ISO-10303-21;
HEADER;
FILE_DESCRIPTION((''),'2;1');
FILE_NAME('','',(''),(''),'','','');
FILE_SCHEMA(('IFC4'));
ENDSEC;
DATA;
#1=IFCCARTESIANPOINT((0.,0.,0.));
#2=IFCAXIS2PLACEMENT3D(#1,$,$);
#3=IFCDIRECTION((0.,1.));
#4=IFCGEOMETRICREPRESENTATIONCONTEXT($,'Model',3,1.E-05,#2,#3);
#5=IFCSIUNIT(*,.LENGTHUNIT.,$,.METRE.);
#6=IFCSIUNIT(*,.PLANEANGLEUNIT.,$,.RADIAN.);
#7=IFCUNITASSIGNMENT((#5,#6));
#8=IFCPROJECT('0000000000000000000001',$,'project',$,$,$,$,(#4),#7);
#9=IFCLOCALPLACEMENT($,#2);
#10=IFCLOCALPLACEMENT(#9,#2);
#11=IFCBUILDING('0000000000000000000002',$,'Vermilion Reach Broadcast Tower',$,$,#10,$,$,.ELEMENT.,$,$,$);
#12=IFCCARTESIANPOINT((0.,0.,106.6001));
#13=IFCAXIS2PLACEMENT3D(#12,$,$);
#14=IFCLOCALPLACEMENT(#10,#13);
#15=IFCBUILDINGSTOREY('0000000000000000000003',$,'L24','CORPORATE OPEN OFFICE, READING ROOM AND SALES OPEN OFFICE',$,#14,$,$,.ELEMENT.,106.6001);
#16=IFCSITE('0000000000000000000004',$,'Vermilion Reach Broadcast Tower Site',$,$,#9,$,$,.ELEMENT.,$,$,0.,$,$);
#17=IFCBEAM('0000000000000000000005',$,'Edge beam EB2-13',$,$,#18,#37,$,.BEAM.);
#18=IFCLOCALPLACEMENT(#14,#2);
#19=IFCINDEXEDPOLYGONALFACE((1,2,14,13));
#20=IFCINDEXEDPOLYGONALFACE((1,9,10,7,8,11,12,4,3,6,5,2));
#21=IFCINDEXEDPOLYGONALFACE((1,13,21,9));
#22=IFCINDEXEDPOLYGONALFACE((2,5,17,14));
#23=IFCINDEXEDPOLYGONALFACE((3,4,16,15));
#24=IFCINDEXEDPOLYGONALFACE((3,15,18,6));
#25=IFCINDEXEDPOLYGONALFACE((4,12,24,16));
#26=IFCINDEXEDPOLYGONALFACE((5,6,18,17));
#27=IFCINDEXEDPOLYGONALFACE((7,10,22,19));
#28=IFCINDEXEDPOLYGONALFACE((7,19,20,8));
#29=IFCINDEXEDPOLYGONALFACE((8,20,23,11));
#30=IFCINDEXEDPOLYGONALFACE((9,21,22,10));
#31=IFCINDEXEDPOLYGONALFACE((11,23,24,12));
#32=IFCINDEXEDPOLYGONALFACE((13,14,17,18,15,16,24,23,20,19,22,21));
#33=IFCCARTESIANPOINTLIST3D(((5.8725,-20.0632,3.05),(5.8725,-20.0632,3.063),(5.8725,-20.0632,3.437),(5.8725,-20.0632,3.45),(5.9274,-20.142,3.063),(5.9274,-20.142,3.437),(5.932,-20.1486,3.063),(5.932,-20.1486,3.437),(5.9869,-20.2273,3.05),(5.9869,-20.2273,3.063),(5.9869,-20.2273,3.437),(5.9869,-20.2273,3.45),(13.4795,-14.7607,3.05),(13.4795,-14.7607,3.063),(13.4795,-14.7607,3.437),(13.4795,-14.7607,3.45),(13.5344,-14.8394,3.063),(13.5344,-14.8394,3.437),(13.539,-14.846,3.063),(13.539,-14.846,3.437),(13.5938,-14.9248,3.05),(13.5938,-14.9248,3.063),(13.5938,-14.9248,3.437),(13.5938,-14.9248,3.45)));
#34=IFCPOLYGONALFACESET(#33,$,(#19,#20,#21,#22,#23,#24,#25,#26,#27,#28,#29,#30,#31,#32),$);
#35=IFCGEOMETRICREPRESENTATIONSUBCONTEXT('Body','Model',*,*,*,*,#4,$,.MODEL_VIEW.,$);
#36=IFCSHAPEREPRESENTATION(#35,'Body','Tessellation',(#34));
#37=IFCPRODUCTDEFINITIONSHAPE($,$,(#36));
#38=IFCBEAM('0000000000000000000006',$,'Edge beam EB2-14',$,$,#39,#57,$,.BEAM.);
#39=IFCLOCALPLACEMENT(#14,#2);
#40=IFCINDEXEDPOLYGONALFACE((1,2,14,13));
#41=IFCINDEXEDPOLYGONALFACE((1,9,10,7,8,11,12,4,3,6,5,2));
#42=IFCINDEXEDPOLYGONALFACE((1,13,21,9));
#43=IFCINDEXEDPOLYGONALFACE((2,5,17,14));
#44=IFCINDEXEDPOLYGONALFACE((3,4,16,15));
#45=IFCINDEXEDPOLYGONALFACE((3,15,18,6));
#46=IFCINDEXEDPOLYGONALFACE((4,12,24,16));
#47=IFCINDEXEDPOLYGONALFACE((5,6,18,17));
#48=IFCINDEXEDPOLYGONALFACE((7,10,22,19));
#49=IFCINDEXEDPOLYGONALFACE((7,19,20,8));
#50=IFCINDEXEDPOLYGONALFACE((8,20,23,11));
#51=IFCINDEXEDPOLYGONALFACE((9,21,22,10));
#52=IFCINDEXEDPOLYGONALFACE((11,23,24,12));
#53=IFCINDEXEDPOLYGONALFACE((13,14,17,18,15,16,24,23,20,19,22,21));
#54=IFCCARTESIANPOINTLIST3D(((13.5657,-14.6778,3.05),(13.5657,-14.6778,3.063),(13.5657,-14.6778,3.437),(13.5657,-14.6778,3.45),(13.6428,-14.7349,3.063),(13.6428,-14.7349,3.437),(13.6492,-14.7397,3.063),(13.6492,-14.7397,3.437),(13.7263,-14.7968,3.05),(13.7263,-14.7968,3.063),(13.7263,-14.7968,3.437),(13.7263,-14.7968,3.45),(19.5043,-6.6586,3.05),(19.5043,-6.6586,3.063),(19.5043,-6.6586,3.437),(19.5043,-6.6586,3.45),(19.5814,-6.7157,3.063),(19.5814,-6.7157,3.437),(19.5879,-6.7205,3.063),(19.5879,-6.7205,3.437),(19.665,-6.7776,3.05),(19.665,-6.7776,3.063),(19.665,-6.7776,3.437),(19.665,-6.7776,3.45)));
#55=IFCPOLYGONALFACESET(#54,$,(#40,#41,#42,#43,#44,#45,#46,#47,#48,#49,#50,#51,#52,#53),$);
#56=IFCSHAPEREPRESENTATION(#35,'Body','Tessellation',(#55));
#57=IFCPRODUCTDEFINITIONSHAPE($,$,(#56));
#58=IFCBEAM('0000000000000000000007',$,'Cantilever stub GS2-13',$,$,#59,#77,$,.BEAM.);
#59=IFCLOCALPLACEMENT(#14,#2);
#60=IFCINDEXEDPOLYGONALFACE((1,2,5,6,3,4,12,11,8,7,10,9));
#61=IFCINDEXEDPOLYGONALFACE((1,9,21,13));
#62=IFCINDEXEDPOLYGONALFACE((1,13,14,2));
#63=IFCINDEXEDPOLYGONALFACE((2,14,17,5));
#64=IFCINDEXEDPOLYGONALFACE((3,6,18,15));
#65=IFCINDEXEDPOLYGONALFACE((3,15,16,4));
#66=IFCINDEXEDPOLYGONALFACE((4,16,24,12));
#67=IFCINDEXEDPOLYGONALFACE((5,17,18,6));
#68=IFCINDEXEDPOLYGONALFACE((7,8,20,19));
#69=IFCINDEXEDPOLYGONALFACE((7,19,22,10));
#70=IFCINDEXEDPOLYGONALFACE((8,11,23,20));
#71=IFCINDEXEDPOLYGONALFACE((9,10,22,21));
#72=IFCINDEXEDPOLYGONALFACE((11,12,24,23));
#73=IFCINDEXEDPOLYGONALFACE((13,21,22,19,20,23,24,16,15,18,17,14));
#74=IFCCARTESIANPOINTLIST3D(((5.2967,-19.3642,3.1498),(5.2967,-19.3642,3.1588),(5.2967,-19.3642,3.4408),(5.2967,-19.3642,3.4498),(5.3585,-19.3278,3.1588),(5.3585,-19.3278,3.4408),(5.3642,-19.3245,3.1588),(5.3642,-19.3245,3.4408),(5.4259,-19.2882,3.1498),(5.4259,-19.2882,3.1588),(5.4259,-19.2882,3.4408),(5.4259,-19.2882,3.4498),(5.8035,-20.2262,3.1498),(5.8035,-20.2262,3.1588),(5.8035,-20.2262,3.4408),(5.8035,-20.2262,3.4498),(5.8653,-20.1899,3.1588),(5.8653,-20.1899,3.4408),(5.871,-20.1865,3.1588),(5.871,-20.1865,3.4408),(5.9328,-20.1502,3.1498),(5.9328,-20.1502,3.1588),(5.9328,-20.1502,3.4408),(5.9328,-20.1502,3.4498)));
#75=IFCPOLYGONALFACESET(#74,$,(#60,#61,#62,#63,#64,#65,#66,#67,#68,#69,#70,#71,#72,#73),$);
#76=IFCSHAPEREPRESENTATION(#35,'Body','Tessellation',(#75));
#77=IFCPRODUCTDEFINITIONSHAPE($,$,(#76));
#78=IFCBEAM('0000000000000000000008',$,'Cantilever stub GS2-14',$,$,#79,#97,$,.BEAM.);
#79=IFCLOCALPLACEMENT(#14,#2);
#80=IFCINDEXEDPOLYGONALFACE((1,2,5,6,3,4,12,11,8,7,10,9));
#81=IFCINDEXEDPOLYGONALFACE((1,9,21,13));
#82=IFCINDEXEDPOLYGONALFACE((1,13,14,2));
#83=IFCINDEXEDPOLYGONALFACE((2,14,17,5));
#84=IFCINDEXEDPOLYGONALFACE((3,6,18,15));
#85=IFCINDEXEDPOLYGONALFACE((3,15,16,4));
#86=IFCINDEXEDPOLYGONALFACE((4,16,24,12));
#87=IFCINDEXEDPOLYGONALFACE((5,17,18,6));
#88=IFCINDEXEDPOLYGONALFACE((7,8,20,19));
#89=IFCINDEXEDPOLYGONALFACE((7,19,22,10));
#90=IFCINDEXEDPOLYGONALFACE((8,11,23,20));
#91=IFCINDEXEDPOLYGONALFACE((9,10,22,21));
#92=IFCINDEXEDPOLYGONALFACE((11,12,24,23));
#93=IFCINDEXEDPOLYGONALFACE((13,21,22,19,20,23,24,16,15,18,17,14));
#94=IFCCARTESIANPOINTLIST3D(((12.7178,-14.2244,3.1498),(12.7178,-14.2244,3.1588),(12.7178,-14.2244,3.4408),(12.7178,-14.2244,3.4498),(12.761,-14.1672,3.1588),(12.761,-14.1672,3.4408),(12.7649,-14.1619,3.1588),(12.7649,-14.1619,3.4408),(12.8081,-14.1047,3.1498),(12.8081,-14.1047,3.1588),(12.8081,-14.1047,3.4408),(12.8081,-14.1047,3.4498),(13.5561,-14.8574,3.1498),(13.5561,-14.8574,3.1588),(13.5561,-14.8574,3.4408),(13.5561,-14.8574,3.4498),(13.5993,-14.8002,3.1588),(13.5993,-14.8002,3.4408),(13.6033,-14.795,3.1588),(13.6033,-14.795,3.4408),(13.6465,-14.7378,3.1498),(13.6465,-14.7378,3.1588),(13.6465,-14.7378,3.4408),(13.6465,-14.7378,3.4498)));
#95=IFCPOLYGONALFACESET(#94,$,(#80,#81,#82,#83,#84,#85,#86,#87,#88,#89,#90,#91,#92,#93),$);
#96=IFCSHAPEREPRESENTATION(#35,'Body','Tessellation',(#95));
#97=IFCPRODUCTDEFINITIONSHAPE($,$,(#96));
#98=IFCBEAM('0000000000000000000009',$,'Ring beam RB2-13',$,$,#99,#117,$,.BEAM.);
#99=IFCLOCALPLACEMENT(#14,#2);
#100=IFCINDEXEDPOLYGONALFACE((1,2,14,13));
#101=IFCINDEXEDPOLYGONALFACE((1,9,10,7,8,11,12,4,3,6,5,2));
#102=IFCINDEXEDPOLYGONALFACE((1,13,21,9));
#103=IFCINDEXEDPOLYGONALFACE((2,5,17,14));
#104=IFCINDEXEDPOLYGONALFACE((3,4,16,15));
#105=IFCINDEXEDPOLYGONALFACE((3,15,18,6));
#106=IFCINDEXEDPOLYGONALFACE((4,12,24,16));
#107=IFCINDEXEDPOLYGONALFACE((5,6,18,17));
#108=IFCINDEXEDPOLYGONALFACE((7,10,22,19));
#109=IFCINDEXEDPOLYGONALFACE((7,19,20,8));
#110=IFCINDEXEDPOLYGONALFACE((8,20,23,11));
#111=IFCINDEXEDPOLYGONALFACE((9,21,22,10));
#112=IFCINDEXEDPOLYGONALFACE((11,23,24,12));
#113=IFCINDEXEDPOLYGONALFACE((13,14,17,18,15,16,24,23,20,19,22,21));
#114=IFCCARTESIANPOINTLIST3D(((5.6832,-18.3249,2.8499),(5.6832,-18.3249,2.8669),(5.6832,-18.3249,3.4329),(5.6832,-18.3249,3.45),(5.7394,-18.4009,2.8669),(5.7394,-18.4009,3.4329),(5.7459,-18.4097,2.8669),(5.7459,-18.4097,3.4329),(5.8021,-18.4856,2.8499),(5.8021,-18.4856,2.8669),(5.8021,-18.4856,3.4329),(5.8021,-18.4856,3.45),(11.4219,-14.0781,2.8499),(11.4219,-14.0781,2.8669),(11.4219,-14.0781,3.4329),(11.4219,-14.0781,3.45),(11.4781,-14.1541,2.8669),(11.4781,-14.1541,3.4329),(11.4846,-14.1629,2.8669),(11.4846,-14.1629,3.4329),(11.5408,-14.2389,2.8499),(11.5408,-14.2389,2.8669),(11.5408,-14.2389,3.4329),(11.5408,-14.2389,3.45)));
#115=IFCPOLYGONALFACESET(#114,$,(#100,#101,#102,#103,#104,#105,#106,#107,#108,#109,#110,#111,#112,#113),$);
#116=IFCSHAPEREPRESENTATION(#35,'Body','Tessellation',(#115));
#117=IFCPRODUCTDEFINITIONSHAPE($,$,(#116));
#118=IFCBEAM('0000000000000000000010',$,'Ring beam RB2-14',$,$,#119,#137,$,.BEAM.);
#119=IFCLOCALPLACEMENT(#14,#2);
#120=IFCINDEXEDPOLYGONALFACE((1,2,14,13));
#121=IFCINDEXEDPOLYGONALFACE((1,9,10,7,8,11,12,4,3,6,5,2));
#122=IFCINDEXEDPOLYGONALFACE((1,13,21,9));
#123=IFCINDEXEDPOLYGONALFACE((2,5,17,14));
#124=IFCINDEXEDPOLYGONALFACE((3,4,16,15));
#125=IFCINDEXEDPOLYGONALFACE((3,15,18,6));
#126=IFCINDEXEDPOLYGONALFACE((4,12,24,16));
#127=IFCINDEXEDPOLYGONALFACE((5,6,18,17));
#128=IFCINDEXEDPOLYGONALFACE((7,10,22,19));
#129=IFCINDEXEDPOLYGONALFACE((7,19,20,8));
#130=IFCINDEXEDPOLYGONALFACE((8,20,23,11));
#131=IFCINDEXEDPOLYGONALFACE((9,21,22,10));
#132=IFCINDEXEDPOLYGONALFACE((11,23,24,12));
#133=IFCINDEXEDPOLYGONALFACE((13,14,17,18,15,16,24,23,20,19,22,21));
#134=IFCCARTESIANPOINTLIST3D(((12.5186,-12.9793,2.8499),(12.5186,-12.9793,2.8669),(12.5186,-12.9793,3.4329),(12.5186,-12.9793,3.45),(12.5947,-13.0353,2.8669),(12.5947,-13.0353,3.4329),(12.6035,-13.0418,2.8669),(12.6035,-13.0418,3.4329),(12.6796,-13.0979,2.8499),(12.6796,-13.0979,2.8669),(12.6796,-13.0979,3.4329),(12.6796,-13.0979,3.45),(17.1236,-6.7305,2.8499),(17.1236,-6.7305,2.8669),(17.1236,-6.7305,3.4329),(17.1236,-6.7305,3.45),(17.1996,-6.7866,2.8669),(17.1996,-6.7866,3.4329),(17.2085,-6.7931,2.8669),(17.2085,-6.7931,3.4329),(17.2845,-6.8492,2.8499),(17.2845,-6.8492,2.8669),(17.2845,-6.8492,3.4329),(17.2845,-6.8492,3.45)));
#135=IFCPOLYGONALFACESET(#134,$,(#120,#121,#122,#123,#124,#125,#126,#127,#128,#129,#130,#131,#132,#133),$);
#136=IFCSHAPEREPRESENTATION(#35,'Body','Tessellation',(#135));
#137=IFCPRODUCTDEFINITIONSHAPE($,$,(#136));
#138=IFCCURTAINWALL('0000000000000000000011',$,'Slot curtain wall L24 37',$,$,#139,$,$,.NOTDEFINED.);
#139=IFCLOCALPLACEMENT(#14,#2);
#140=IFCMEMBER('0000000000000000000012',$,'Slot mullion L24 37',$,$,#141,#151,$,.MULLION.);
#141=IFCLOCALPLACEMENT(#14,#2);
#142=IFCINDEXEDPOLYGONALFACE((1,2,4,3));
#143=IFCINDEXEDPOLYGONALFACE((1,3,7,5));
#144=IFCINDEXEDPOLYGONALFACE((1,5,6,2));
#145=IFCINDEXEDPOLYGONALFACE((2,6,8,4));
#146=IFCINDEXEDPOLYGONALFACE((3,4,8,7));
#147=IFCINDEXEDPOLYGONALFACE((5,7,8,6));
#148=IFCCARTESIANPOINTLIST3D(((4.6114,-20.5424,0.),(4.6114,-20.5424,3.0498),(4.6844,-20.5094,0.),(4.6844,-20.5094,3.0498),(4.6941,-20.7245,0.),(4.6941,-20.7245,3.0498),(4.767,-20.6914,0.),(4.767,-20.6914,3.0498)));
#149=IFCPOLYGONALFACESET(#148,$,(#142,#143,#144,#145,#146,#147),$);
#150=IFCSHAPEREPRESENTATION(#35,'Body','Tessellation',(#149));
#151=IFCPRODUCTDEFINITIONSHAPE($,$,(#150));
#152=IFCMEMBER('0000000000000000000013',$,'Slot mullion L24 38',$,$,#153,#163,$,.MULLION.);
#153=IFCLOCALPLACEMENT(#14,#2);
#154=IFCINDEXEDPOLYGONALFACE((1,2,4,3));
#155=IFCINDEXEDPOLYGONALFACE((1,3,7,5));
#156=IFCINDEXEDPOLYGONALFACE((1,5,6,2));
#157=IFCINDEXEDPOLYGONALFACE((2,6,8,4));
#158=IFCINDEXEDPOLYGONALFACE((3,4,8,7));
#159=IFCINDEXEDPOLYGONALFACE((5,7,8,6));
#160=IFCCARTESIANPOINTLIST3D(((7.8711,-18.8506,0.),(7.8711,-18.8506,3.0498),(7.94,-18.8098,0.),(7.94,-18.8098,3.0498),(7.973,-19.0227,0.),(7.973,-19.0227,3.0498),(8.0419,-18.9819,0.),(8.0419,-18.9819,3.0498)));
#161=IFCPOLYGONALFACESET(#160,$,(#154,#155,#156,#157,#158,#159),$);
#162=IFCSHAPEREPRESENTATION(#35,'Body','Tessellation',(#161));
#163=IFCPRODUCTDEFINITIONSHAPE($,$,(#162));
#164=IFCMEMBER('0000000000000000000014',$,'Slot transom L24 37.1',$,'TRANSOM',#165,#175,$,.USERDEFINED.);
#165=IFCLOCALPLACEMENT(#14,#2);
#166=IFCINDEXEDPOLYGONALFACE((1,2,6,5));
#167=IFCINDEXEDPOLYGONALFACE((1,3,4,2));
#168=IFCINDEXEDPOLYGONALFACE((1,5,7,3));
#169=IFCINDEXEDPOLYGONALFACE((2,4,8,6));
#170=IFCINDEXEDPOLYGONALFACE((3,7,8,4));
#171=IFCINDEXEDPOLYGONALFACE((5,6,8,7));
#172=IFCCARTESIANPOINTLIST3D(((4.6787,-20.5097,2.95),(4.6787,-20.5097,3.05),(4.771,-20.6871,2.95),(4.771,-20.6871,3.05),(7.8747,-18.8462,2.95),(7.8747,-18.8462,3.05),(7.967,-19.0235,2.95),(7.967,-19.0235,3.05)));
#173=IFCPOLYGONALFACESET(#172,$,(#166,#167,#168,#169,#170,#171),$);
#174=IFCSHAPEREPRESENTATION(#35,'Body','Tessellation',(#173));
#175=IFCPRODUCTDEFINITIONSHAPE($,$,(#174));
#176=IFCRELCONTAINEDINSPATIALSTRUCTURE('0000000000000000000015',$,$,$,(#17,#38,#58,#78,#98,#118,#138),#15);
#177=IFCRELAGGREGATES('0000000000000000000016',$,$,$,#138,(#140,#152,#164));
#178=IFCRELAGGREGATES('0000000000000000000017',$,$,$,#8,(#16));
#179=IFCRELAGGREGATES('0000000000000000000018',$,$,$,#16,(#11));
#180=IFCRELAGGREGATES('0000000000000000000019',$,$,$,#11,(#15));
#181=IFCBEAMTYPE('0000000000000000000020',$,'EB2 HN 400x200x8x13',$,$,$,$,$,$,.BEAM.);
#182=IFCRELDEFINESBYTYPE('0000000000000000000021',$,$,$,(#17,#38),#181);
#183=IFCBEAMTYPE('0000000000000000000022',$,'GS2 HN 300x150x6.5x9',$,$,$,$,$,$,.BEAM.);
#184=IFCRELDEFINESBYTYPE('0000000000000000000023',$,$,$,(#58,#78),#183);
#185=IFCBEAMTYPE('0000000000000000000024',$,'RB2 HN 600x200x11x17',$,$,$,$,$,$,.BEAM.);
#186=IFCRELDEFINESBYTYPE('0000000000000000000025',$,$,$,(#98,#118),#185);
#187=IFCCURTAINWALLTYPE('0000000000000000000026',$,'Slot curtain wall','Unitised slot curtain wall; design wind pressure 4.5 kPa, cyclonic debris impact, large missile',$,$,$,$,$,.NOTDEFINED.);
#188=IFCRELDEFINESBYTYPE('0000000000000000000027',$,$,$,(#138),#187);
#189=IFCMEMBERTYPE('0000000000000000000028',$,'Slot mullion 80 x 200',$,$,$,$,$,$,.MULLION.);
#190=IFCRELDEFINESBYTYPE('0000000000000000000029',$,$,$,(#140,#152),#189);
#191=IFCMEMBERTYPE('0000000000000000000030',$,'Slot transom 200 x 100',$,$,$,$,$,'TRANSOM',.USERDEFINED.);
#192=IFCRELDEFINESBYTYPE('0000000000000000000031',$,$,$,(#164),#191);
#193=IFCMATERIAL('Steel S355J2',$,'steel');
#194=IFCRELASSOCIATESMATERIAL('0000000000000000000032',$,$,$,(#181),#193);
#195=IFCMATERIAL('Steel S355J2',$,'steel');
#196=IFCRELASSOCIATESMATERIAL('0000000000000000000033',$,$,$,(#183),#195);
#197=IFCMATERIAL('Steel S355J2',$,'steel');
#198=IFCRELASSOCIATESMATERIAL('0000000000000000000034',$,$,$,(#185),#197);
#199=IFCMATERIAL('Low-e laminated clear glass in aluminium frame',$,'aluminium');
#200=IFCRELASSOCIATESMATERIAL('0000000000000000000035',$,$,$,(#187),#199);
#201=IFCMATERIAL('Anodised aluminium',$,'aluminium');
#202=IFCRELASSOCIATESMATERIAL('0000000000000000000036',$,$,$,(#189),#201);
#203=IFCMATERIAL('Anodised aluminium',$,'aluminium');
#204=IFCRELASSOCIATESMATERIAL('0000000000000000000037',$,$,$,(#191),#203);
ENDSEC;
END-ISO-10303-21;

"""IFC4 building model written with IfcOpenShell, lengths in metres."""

from ifc_helpers import new_model, si_unit, direction, frame, origin, origin_2d, place, context, subcontext, project, spatial, rectangle, i_section, extrude, material, material_profile, profile_set, type_object, element, aggregate, save


model = new_model("IFC4")

# Units and contexts
model_context = context("Model", 3, precision=1e-05, world=origin(), true_north=direction((0.0, 1.0)))
body_context = subcontext(model_context, "Body", "Model", "MODEL_VIEW")
ifc_project = project(units=[si_unit("LENGTHUNIT", "METRE"), si_unit("PLANEANGLEUNIT", "RADIAN")], contexts=[model_context])

# Site, building, storey
site_placement = place(None, origin())
site = spatial("IfcSite", under=ifc_project, at=site_placement, Name="Vermilion Reach Broadcast Tower Site", CompositionType="ELEMENT", RefElevation=0.0)
building_placement = place(site_placement, origin())
building = spatial("IfcBuilding", under=site, at=building_placement, Name="Vermilion Reach Broadcast Tower", CompositionType="ELEMENT")
storey_placement = place(building_placement, frame((0.0, 0.0, 106.6001)))
storey = spatial("IfcBuildingStorey", under=building, at=storey_placement, Name="L24", Description="CORPORATE OPEN OFFICE, READING ROOM AND SALES OPEN OFFICE", CompositionType="ELEMENT", Elevation=106.6001)

# Beams
ifc_material_1 = material(Name="Steel S355J2", Category="steel")
ifc_material_profile_1 = material_profile(ifc_material_1, i_section(OverallWidth=0.2, OverallDepth=0.3999, WebThickness=0.0081, FlangeThickness=0.0129, at=origin_2d()), Name="S355J2 HN 400x200x8x13")
ifc_profile_set_1 = profile_set([ifc_material_profile_1], Name="Steel S355J2")
beam_type_1 = type_object("IfcBeamType", Name="EB2 HN 400x200x8x13", PredefinedType="BEAM", material=ifc_profile_set_1)
beam_1_placement = place(storey_placement, frame((5.9297, -20.1453, 3.25), z_axis=(0.820363, 0.571843, 0.0), x_axis=(-0.571843, 0.820363, 0.0)))
element("IfcBeam", 1, at=beam_1_placement, inside=storey, type_object=beam_type_1, Name="Edge beam EB2-13", PredefinedType="BEAM", context=body_context, shape_type="SweptSolid", body=[
    extrude(i_section(OverallWidth=0.2, OverallDepth=0.3999, WebThickness=0.0081, FlangeThickness=0.0129, at=origin_2d()), origin(), (0.0, 0.0, 1.0), 9.2727),
])
beam_2_placement = place(storey_placement, frame((13.646, -14.7373, 3.25), z_axis=(0.595131, 0.803629, 0.0), x_axis=(-0.803629, 0.595131, 0.0)))
element("IfcBeam", 2, at=beam_2_placement, inside=storey, type_object=beam_type_1, Name="Edge beam EB2-14", PredefinedType="BEAM", context=body_context, shape_type="SweptSolid", body=[
    extrude(i_section(OverallWidth=0.2, OverallDepth=0.3999, WebThickness=0.0081, FlangeThickness=0.0129, at=origin_2d()), origin(), (0.0, 0.0, 1.0), 9.9788),
])
ifc_material_2 = material(Name="Steel S355J2", Category="steel")
ifc_material_profile_2 = material_profile(ifc_material_2, i_section(OverallWidth=0.1499, OverallDepth=0.3, WebThickness=0.0066, FlangeThickness=0.009, at=origin_2d()), Name="S355J2 HN 300x150x6.5x9")
ifc_profile_set_2 = profile_set([ifc_material_profile_2], Name="Steel S355J2")
beam_type_2 = type_object("IfcBeamType", Name="GS2 HN 300x150x6.5x9", PredefinedType="BEAM", material=ifc_profile_set_2)
beam_3_placement = place(storey_placement, frame((5.3613, -19.3262, 3.2998), z_axis=(0.506828, -0.862047, 0.0), x_axis=(0.862047, 0.506828, 0.0)))
element("IfcBeam", 3, at=beam_3_placement, inside=storey, type_object=beam_type_2, Name="Cantilever stub GS2-13", PredefinedType="BEAM", context=body_context, shape_type="SweptSolid", body=[
    extrude(i_section(OverallWidth=0.1499, OverallDepth=0.3, WebThickness=0.0066, FlangeThickness=0.009, at=origin_2d()), origin(), (0.0, 0.0, 1.0), 1.0),
])
beam_4_placement = place(storey_placement, frame((12.7629, -14.1646, 3.2998), z_axis=(0.798044, -0.6026, 0.0), x_axis=(0.6026, 0.798044, 0.0)))
element("IfcBeam", 4, at=beam_4_placement, inside=storey, type_object=beam_type_2, Name="Cantilever stub GS2-14", PredefinedType="BEAM", context=body_context, shape_type="SweptSolid", body=[
    extrude(i_section(OverallWidth=0.1499, OverallDepth=0.3, WebThickness=0.0066, FlangeThickness=0.009, at=origin_2d()), origin(), (0.0, 0.0, 1.0), 1.0505),
])
ifc_material_3 = material(Name="Steel S355J2", Category="steel")
ifc_material_profile_3 = material_profile(ifc_material_3, i_section(OverallWidth=0.2, OverallDepth=0.6001, WebThickness=0.011, FlangeThickness=0.0171, at=origin_2d()), Name="S355J2 HN 600x200x11x17")
ifc_profile_set_3 = profile_set([ifc_material_profile_3], Name="Steel S355J2")
beam_type_3 = type_object("IfcBeamType", Name="RB2 HN 600x200x11x17", PredefinedType="BEAM", material=ifc_profile_set_3)
beam_5_placement = place(storey_placement, frame((5.7427, -18.4053, 3.1499), z_axis=(0.803833, 0.594855, 0.0), x_axis=(-0.594855, 0.803833, 0.0)))
element("IfcBeam", 5, at=beam_5_placement, inside=storey, type_object=beam_type_3, Name="Ring beam RB2-13", PredefinedType="BEAM", context=body_context, shape_type="SweptSolid", body=[
    extrude(i_section(OverallWidth=0.2, OverallDepth=0.6001, WebThickness=0.011, FlangeThickness=0.0171, at=origin_2d()), origin(), (0.0, 0.0, 1.0), 7.1392),
])
beam_6_placement = place(storey_placement, frame((12.5991, -13.0386, 3.1499), z_axis=(0.593251, 0.805018, 0.0), x_axis=(-0.805018, 0.593251, 0.0)))
element("IfcBeam", 6, at=beam_6_placement, inside=storey, type_object=beam_type_3, Name="Ring beam RB2-14", PredefinedType="BEAM", context=body_context, shape_type="SweptSolid", body=[
    extrude(i_section(OverallWidth=0.2, OverallDepth=0.6001, WebThickness=0.011, FlangeThickness=0.0171, at=origin_2d()), origin(), (0.0, 0.0, 1.0), 7.7622),
])

# Curtain wall, members
ifc_material_4 = material(Name="Low-e laminated clear glass in aluminium frame", Category="aluminium")
curtain_wall_type = type_object("IfcCurtainWallType", Name="Slot curtain wall", Description="Unitised slot curtain wall; design wind pressure 4.5 kPa, cyclonic debris impact, large missile", PredefinedType="NOTDEFINED", material=ifc_material_4)
curtain_wall_placement = place(storey_placement, origin())
curtain_wall = element("IfcCurtainWall", 7, at=curtain_wall_placement, inside=storey, type_object=curtain_wall_type, Name="Slot curtain wall L24 37", PredefinedType="NOTDEFINED")
ifc_material_5 = material(Name="Anodised aluminium", Category="aluminium")
ifc_material_profile_4 = material_profile(ifc_material_5, rectangle(XDim=0.2, YDim=0.0801, at=origin_2d()), Name="Slot mullion 80 x 200")
ifc_profile_set_4 = profile_set([ifc_material_profile_4], Name="Anodised aluminium")
member_type_1 = type_object("IfcMemberType", Name="Slot mullion 80 x 200", PredefinedType="MULLION", material=ifc_profile_set_4)
member_1_placement = place(storey_placement, frame((4.6892, -20.6169, 0.0), z_axis=(0.0, 0.0, 1.0), x_axis=(-0.413199, 0.910641, 0.0)))
member_1 = element("IfcMember", 8, at=member_1_placement, type_object=member_type_1, Name="Slot mullion L24 37", PredefinedType="MULLION", context=body_context, shape_type="SweptSolid", body=[
    extrude(rectangle(XDim=0.2, YDim=0.0801, at=origin_2d()), origin(), (0.0, 0.0, 1.0), 3.0498),
])
member_2_placement = place(storey_placement, frame((7.9565, -18.9163, 0.0), z_axis=(0.0, 0.0, 1.0), x_axis=(-0.509657, 0.860378, 0.0)))
member_2 = element("IfcMember", 9, at=member_2_placement, type_object=member_type_1, Name="Slot mullion L24 38", PredefinedType="MULLION", context=body_context, shape_type="SweptSolid", body=[
    extrude(rectangle(XDim=0.2, YDim=0.0801, at=origin_2d()), origin(), (0.0, 0.0, 1.0), 3.0498),
])
ifc_material_6 = material(Name="Anodised aluminium", Category="aluminium")
ifc_material_profile_5 = material_profile(ifc_material_6, rectangle(XDim=0.2, YDim=0.1001, at=origin_2d()), Name="Slot transom 200 x 100")
ifc_profile_set_5 = profile_set([ifc_material_profile_5], Name="Anodised aluminium")
member_type_2 = type_object("IfcMemberType", Name="Slot transom 200 x 100", ElementType="TRANSOM", PredefinedType="USERDEFINED", material=ifc_profile_set_5)
member_3_placement = place(storey_placement, frame((4.7249, -20.5984, 3.0), z_axis=(0.887031, 0.461709, 0.0), x_axis=(-0.461709, 0.887031, 0.0)))
member_3 = element("IfcMember", 10, at=member_3_placement, type_object=member_type_2, Name="Slot transom L24 37.1", ObjectType="TRANSOM", PredefinedType="USERDEFINED", context=body_context, shape_type="SweptSolid", body=[
    extrude(rectangle(XDim=0.2, YDim=0.1001, at=origin_2d()), origin(), (0.0, 0.0, 1.0), 3.603),
])
aggregate(curtain_wall, [member_1, member_2, member_3])

save(model, "model.ifc")
